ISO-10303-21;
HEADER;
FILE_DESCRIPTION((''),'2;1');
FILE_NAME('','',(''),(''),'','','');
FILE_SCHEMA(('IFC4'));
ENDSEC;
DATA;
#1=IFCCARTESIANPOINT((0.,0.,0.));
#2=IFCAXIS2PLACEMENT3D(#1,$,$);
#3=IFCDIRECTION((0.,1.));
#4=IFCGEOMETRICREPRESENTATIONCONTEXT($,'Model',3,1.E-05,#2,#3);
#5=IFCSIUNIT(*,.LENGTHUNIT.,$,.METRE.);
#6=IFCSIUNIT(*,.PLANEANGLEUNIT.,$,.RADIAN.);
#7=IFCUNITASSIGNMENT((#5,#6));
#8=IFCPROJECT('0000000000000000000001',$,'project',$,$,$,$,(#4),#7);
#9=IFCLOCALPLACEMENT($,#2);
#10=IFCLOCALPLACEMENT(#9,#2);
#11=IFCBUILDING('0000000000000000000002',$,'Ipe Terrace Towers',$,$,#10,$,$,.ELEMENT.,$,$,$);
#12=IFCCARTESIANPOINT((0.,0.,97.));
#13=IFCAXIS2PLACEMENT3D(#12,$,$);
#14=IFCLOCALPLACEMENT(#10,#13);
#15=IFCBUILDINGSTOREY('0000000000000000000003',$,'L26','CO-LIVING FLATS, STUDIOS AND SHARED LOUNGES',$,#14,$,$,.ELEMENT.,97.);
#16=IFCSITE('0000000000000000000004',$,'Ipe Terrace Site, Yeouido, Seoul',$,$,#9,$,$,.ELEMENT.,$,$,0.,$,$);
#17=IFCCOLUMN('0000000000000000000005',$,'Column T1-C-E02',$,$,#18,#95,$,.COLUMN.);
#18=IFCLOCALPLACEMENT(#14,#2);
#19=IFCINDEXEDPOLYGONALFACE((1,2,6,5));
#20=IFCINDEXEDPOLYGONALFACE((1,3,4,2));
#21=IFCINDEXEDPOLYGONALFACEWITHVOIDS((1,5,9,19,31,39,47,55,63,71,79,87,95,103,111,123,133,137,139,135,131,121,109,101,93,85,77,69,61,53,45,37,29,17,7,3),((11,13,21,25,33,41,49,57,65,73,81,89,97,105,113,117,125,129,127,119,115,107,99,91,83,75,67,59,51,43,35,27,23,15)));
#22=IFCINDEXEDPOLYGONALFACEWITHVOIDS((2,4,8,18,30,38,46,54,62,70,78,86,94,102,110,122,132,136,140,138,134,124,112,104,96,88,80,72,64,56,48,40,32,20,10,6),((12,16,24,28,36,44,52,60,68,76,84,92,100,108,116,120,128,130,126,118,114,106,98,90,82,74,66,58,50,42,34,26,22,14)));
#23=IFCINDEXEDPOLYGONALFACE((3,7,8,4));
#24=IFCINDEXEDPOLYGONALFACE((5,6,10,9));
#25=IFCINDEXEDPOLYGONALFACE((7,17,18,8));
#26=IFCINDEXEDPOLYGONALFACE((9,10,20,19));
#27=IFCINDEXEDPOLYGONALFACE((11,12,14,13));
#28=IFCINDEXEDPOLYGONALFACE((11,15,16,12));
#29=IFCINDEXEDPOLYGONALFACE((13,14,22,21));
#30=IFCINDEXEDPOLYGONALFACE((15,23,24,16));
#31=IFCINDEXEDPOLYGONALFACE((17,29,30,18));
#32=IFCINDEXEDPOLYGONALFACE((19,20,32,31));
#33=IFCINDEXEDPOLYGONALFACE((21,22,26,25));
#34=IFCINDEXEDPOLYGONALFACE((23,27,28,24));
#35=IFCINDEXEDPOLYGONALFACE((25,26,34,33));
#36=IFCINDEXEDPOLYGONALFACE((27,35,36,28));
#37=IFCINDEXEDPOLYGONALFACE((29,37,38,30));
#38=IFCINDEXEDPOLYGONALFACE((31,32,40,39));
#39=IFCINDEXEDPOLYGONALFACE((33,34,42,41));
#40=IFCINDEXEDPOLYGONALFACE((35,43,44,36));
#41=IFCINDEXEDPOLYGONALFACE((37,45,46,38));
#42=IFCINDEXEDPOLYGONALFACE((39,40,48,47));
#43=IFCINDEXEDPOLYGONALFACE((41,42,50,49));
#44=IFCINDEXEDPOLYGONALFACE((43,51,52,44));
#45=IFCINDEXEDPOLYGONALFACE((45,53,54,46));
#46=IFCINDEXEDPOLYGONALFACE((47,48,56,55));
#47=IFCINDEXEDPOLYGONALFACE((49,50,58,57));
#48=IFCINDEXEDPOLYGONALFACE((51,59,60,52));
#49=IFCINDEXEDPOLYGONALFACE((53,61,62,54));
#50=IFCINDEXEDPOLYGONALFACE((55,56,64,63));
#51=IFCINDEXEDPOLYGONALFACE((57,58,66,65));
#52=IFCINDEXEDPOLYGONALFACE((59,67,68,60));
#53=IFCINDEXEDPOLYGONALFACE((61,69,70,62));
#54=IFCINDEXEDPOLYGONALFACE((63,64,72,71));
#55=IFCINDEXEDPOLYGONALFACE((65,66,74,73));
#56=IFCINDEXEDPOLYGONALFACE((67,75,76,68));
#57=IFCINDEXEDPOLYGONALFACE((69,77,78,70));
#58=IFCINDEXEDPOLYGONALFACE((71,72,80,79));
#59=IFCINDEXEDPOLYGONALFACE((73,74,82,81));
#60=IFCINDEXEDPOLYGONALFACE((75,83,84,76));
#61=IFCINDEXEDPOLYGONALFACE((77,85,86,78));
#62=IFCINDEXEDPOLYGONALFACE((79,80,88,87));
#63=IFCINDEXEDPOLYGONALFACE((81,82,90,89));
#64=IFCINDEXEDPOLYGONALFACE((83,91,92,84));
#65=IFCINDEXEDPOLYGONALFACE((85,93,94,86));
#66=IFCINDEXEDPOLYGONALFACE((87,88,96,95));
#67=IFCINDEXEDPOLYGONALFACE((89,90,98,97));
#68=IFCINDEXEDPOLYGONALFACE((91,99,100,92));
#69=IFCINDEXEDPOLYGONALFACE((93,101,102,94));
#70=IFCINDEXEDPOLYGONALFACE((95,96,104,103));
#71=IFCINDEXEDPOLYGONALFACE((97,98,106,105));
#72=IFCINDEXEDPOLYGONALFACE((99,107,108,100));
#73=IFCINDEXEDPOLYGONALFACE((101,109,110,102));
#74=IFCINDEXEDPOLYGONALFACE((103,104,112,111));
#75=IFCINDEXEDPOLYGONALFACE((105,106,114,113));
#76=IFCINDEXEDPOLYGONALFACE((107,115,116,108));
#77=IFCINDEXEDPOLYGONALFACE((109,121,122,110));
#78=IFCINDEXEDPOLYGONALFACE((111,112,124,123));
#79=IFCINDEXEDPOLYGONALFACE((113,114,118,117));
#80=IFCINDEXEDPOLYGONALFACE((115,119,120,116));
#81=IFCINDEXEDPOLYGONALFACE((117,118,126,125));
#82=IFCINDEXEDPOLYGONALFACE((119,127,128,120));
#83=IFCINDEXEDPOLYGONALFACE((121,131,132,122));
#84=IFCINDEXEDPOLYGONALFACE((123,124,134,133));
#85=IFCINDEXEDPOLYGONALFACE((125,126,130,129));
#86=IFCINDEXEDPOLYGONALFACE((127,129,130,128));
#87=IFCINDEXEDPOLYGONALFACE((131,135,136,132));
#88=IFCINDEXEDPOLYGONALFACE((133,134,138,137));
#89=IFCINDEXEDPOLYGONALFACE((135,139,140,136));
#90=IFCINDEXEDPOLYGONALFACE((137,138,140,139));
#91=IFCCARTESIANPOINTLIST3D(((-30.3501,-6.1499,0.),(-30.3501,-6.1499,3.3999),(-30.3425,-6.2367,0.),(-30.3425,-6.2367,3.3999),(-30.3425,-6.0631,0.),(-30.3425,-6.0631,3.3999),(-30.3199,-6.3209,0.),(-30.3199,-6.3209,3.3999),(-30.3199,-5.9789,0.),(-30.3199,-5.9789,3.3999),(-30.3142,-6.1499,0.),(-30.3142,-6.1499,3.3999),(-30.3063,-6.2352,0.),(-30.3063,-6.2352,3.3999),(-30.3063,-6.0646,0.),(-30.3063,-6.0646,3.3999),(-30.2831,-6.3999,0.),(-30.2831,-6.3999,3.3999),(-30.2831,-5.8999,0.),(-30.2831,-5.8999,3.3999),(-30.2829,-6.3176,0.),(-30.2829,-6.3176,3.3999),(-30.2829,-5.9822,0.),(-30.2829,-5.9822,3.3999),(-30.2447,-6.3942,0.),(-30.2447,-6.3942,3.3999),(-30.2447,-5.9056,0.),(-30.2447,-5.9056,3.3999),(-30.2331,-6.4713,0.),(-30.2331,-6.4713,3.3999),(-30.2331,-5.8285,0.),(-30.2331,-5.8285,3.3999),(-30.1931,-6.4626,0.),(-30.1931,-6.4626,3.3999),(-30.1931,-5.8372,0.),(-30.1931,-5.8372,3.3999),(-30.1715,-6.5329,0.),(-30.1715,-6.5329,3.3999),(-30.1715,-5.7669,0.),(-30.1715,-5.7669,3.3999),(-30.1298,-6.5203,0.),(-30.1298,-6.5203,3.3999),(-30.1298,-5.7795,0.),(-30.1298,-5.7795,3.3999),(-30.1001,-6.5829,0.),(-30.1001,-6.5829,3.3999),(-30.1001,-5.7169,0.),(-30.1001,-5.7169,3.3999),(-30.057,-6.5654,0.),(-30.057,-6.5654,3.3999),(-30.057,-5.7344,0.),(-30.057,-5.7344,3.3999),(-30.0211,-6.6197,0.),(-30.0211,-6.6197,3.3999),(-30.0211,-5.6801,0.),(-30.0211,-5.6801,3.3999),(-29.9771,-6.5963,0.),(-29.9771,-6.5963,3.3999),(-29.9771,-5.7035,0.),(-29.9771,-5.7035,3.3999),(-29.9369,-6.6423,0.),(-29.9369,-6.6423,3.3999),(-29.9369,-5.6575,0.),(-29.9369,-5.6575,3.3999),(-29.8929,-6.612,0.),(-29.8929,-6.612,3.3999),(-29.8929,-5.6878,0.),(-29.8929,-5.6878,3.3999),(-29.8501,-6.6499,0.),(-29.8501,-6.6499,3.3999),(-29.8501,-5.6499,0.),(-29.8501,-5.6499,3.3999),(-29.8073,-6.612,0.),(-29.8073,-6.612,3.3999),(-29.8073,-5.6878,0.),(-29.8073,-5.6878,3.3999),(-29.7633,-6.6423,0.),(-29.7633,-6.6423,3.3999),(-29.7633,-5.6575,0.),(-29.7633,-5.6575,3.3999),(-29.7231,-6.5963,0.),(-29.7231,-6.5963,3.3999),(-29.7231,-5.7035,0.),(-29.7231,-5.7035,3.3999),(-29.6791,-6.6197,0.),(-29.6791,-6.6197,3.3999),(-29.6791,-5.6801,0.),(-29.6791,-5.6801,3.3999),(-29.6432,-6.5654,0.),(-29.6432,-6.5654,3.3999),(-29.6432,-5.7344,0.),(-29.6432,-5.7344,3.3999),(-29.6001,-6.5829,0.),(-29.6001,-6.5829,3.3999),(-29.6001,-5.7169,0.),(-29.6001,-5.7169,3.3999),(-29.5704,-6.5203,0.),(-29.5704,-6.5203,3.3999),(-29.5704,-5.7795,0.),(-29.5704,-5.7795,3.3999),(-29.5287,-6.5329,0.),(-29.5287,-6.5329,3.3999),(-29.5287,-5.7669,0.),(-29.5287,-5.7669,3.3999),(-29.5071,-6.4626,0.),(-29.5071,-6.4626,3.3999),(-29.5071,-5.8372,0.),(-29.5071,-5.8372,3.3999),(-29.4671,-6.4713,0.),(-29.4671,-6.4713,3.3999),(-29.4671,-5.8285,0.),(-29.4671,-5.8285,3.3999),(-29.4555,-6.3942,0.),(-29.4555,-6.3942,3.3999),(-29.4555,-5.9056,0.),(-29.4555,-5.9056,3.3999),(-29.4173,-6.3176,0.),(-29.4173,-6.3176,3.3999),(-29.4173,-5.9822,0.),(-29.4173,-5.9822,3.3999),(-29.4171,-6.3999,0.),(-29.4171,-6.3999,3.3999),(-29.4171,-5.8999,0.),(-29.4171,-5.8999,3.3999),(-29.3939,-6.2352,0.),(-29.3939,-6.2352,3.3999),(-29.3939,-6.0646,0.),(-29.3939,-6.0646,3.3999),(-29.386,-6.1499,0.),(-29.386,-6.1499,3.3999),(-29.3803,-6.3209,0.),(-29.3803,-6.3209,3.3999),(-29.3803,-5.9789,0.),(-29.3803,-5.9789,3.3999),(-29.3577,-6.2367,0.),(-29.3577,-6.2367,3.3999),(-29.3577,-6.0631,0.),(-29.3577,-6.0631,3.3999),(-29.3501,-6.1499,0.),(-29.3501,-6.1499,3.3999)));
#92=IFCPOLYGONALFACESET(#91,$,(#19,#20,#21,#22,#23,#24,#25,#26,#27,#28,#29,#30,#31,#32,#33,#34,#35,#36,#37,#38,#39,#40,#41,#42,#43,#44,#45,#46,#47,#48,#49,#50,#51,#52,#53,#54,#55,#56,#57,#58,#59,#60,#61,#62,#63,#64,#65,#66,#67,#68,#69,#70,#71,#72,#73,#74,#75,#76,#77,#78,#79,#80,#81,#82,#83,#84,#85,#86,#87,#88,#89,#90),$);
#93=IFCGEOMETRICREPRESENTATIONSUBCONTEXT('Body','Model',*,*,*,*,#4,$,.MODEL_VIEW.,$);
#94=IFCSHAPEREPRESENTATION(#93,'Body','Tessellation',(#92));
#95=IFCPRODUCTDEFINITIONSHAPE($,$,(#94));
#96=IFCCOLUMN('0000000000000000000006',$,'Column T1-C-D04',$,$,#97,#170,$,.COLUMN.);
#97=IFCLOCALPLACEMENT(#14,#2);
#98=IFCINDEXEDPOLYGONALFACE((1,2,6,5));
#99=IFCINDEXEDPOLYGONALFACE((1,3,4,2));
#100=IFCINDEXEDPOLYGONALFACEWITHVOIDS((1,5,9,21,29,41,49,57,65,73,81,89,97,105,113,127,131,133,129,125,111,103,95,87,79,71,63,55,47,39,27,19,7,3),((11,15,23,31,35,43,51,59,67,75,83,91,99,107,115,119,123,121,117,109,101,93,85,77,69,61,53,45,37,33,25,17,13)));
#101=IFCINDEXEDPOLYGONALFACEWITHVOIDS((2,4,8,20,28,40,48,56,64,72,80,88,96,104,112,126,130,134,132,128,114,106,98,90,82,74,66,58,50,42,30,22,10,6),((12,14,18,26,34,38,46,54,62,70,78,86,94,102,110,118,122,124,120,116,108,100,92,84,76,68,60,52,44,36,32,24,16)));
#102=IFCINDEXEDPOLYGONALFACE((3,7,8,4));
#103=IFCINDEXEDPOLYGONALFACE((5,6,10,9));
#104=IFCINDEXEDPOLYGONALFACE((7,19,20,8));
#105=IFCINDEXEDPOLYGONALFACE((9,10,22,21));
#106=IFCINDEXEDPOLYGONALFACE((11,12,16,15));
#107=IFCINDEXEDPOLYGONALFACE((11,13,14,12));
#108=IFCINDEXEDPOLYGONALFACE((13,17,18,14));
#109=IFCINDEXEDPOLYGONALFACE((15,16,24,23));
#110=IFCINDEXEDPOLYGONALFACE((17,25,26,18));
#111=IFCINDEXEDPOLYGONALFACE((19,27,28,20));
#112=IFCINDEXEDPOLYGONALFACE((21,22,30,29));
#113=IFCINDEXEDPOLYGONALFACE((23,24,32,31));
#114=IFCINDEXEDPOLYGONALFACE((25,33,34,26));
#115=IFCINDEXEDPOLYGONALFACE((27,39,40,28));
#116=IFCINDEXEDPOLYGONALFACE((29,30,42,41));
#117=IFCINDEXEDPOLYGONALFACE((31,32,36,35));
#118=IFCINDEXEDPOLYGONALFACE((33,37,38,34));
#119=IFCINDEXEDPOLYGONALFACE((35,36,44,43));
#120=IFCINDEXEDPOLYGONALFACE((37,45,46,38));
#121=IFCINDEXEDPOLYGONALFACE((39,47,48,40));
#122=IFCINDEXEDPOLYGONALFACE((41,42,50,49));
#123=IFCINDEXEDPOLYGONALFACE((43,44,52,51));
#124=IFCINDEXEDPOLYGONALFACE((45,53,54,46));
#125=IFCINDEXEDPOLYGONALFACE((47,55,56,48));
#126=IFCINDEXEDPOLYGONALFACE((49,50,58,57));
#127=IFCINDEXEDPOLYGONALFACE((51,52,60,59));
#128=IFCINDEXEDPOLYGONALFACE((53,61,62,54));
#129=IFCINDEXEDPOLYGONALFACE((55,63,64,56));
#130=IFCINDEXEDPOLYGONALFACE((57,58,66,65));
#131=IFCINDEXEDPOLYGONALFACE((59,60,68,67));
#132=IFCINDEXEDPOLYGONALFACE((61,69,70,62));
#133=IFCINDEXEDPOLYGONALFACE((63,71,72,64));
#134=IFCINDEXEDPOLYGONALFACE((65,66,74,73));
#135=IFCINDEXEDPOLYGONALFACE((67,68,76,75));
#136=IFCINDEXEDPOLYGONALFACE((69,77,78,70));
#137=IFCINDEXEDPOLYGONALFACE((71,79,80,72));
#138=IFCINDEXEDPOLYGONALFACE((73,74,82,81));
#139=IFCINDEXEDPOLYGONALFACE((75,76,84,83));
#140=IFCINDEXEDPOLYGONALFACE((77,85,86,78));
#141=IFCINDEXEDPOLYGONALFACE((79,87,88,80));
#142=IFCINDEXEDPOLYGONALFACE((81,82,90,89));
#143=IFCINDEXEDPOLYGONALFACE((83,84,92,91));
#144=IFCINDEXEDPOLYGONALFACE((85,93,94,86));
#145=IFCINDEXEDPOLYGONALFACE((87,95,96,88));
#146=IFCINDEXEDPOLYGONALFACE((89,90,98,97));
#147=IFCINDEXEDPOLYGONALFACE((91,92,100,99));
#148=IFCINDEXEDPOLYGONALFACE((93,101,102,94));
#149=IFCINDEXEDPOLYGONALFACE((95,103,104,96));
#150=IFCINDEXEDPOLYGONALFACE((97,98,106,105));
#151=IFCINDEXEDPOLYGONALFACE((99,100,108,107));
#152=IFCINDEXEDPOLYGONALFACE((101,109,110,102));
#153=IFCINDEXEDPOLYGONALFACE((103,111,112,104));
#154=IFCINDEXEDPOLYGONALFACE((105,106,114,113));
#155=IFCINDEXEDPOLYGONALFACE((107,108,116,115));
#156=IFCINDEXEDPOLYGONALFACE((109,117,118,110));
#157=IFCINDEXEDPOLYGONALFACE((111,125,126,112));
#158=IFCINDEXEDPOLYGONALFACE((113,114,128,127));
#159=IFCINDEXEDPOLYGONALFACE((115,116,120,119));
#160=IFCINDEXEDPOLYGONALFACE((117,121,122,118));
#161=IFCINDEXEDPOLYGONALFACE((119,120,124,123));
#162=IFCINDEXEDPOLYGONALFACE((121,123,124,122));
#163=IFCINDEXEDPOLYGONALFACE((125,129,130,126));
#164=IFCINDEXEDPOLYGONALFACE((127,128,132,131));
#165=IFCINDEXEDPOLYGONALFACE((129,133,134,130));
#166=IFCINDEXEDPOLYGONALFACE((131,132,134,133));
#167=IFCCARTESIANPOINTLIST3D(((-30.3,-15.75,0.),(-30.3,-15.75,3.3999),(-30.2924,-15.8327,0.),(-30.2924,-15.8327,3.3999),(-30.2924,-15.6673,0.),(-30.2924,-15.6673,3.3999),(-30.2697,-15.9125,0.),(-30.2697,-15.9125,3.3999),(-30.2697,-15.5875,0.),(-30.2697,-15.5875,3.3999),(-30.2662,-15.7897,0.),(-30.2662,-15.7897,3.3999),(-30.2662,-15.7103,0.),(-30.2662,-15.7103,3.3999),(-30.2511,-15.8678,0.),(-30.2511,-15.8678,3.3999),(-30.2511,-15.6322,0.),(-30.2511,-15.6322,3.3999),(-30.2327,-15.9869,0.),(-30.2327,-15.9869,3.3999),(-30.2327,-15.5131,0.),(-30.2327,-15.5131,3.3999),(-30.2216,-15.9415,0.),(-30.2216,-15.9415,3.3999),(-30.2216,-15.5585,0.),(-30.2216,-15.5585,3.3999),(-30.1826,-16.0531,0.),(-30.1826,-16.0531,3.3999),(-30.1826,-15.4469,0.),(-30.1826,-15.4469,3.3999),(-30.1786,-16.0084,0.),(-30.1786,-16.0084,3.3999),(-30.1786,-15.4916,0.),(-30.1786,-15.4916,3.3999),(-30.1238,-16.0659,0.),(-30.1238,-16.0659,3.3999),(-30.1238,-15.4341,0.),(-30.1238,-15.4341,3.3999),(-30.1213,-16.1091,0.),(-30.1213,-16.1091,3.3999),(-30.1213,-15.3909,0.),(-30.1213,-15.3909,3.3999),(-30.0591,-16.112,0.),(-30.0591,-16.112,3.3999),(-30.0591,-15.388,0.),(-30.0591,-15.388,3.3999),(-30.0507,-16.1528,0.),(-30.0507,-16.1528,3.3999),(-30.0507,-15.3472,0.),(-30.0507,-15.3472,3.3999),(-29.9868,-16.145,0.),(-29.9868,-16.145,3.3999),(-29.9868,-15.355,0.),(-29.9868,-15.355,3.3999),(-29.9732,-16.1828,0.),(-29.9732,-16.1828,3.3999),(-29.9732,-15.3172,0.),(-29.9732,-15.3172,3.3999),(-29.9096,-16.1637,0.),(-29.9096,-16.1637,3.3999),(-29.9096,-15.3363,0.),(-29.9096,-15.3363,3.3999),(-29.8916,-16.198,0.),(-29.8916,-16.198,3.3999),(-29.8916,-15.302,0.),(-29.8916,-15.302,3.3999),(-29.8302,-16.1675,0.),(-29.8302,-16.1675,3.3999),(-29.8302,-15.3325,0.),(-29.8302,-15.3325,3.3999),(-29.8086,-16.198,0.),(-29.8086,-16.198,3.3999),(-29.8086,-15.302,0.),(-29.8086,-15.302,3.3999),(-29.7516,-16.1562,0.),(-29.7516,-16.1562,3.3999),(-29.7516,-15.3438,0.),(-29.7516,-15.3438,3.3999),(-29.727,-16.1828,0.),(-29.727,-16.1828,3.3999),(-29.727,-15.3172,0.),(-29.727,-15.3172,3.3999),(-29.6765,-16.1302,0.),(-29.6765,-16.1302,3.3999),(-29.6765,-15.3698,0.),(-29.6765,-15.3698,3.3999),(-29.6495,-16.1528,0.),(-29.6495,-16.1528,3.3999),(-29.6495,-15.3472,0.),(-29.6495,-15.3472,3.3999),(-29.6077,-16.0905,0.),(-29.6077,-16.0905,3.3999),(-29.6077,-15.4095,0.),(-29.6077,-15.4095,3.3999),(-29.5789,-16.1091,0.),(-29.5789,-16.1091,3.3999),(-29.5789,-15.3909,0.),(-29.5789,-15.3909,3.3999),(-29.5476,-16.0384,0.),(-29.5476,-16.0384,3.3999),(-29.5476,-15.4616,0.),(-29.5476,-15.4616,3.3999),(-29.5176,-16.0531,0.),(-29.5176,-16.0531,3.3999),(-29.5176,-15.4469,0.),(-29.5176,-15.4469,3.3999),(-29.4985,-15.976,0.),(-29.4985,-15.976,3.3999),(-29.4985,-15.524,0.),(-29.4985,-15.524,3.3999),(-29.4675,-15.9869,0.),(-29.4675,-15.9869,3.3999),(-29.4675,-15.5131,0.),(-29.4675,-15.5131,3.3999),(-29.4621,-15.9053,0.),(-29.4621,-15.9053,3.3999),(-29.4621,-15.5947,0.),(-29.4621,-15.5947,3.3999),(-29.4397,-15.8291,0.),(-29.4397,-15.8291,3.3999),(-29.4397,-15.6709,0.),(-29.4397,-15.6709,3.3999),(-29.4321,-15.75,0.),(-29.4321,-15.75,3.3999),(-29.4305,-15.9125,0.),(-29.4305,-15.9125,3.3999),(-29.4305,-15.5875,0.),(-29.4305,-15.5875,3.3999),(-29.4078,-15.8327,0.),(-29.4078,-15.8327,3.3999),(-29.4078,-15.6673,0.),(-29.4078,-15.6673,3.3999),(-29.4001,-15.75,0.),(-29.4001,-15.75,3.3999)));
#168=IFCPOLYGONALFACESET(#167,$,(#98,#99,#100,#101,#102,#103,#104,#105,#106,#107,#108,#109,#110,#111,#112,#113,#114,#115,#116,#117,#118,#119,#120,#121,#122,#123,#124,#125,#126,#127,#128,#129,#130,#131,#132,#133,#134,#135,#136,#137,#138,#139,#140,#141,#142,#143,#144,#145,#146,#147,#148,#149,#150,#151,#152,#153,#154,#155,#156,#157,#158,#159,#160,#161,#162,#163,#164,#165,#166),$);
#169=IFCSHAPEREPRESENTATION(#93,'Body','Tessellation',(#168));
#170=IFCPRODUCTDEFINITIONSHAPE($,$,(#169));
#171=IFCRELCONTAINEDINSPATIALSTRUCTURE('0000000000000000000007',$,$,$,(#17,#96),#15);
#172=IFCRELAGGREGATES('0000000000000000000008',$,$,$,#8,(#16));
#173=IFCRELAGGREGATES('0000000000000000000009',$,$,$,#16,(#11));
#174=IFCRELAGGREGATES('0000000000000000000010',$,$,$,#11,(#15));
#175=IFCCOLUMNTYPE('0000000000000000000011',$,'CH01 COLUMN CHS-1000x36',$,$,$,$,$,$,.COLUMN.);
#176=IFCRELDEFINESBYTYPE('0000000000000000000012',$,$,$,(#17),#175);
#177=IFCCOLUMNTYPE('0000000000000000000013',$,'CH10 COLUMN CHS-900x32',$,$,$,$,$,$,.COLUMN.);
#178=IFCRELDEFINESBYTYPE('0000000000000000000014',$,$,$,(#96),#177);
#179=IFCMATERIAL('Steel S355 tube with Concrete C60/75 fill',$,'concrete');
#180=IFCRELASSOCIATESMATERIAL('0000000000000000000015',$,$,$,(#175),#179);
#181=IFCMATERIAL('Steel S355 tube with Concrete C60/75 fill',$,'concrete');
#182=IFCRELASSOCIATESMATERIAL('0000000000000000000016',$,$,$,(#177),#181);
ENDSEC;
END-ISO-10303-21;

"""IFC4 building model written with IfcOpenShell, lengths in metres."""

from ifc_helpers import new_model, si_unit, direction, frame, origin, origin_2d, place, context, subcontext, project, spatial, hollow_circle, extrude, material, material_profile, profile_set, type_object, element, save


model = new_model("IFC4")

# Units and contexts
model_context = context("Model", 3, precision=1e-05, world=origin(), true_north=direction((0.0, 1.0)))
body_context = subcontext(model_context, "Body", "Model", "MODEL_VIEW")
ifc_project = project(units=[si_unit("LENGTHUNIT", "METRE"), si_unit("PLANEANGLEUNIT", "RADIAN")], contexts=[model_context])

# Site, building, storey
site_placement = place(None, origin())
site = spatial("IfcSite", under=ifc_project, at=site_placement, Name="Ipe Terrace Site, Yeouido, Seoul", CompositionType="ELEMENT", RefElevation=0.0)
building_placement = place(site_placement, origin())
building = spatial("IfcBuilding", under=site, at=building_placement, Name="Ipe Terrace Towers", CompositionType="ELEMENT")
storey_placement = place(building_placement, frame((0.0, 0.0, 97.0)))
storey = spatial("IfcBuildingStorey", under=building, at=storey_placement, Name="L26", Description="CO-LIVING FLATS, STUDIOS AND SHARED LOUNGES", CompositionType="ELEMENT", Elevation=97.0)

# Columns
ifc_material_1 = material(Name="Steel S355 tube with Concrete C60/75 fill", Category="concrete")
ifc_material_profile_1 = material_profile(ifc_material_1, hollow_circle(Radius=0.5, WallThickness=0.0359, at=origin_2d()), Name="CHS-1000x36")
ifc_profile_set_1 = profile_set([ifc_material_profile_1], Name="Steel S355 tube with Concrete C60/75 fill")
column_type_1 = type_object("IfcColumnType", Name="CH01 COLUMN CHS-1000x36", PredefinedType="COLUMN", material=ifc_profile_set_1)
column_placement = place(storey_placement, frame((-29.8501, -6.1499, 0.0), z_axis=(0.0, 0.0, 1.0), x_axis=(1.0, 0.0, 0.0)))
element("IfcColumn", 1, at=column_placement, inside=storey, type_object=column_type_1, Name="Column T1-C-E02", PredefinedType="COLUMN", context=body_context, shape_type="SweptSolid", body=[
    extrude(hollow_circle(Radius=0.5, WallThickness=0.0359, at=origin_2d()), origin(), (0.0, 0.0, 1.0), 3.3999),
])
ifc_material_2 = material(Name="Steel S355 tube with Concrete C60/75 fill", Category="concrete")
ifc_material_profile_2 = material_profile(ifc_material_2, hollow_circle(Radius=0.45, WallThickness=0.032, at=origin_2d()), Name="CHS-900x32")
ifc_profile_set_2 = profile_set([ifc_material_profile_2], Name="Steel S355 tube with Concrete C60/75 fill")
column_type_2 = type_object("IfcColumnType", Name="CH10 COLUMN CHS-900x32", PredefinedType="COLUMN", material=ifc_profile_set_2)
for number, where, z_axis, x_axis, name in (
    (2, (-29.8501, -15.75, 0.0), (0.0, 0.0, 1.0), (1.0, 0.0, 0.0), "Column T1-C-D04"),
):
    element("IfcColumn", number, at=place(storey_placement, frame(where, z_axis=z_axis, x_axis=x_axis)), inside=storey, type_object=column_type_2, Name=name, PredefinedType="COLUMN", context=body_context, shape_type="SweptSolid", body=[
        extrude(hollow_circle(Radius=0.45, WallThickness=0.032, at=origin_2d()), origin(), (0.0, 0.0, 1.0), 3.3999),
    ])

save(model, "model.ifc")
